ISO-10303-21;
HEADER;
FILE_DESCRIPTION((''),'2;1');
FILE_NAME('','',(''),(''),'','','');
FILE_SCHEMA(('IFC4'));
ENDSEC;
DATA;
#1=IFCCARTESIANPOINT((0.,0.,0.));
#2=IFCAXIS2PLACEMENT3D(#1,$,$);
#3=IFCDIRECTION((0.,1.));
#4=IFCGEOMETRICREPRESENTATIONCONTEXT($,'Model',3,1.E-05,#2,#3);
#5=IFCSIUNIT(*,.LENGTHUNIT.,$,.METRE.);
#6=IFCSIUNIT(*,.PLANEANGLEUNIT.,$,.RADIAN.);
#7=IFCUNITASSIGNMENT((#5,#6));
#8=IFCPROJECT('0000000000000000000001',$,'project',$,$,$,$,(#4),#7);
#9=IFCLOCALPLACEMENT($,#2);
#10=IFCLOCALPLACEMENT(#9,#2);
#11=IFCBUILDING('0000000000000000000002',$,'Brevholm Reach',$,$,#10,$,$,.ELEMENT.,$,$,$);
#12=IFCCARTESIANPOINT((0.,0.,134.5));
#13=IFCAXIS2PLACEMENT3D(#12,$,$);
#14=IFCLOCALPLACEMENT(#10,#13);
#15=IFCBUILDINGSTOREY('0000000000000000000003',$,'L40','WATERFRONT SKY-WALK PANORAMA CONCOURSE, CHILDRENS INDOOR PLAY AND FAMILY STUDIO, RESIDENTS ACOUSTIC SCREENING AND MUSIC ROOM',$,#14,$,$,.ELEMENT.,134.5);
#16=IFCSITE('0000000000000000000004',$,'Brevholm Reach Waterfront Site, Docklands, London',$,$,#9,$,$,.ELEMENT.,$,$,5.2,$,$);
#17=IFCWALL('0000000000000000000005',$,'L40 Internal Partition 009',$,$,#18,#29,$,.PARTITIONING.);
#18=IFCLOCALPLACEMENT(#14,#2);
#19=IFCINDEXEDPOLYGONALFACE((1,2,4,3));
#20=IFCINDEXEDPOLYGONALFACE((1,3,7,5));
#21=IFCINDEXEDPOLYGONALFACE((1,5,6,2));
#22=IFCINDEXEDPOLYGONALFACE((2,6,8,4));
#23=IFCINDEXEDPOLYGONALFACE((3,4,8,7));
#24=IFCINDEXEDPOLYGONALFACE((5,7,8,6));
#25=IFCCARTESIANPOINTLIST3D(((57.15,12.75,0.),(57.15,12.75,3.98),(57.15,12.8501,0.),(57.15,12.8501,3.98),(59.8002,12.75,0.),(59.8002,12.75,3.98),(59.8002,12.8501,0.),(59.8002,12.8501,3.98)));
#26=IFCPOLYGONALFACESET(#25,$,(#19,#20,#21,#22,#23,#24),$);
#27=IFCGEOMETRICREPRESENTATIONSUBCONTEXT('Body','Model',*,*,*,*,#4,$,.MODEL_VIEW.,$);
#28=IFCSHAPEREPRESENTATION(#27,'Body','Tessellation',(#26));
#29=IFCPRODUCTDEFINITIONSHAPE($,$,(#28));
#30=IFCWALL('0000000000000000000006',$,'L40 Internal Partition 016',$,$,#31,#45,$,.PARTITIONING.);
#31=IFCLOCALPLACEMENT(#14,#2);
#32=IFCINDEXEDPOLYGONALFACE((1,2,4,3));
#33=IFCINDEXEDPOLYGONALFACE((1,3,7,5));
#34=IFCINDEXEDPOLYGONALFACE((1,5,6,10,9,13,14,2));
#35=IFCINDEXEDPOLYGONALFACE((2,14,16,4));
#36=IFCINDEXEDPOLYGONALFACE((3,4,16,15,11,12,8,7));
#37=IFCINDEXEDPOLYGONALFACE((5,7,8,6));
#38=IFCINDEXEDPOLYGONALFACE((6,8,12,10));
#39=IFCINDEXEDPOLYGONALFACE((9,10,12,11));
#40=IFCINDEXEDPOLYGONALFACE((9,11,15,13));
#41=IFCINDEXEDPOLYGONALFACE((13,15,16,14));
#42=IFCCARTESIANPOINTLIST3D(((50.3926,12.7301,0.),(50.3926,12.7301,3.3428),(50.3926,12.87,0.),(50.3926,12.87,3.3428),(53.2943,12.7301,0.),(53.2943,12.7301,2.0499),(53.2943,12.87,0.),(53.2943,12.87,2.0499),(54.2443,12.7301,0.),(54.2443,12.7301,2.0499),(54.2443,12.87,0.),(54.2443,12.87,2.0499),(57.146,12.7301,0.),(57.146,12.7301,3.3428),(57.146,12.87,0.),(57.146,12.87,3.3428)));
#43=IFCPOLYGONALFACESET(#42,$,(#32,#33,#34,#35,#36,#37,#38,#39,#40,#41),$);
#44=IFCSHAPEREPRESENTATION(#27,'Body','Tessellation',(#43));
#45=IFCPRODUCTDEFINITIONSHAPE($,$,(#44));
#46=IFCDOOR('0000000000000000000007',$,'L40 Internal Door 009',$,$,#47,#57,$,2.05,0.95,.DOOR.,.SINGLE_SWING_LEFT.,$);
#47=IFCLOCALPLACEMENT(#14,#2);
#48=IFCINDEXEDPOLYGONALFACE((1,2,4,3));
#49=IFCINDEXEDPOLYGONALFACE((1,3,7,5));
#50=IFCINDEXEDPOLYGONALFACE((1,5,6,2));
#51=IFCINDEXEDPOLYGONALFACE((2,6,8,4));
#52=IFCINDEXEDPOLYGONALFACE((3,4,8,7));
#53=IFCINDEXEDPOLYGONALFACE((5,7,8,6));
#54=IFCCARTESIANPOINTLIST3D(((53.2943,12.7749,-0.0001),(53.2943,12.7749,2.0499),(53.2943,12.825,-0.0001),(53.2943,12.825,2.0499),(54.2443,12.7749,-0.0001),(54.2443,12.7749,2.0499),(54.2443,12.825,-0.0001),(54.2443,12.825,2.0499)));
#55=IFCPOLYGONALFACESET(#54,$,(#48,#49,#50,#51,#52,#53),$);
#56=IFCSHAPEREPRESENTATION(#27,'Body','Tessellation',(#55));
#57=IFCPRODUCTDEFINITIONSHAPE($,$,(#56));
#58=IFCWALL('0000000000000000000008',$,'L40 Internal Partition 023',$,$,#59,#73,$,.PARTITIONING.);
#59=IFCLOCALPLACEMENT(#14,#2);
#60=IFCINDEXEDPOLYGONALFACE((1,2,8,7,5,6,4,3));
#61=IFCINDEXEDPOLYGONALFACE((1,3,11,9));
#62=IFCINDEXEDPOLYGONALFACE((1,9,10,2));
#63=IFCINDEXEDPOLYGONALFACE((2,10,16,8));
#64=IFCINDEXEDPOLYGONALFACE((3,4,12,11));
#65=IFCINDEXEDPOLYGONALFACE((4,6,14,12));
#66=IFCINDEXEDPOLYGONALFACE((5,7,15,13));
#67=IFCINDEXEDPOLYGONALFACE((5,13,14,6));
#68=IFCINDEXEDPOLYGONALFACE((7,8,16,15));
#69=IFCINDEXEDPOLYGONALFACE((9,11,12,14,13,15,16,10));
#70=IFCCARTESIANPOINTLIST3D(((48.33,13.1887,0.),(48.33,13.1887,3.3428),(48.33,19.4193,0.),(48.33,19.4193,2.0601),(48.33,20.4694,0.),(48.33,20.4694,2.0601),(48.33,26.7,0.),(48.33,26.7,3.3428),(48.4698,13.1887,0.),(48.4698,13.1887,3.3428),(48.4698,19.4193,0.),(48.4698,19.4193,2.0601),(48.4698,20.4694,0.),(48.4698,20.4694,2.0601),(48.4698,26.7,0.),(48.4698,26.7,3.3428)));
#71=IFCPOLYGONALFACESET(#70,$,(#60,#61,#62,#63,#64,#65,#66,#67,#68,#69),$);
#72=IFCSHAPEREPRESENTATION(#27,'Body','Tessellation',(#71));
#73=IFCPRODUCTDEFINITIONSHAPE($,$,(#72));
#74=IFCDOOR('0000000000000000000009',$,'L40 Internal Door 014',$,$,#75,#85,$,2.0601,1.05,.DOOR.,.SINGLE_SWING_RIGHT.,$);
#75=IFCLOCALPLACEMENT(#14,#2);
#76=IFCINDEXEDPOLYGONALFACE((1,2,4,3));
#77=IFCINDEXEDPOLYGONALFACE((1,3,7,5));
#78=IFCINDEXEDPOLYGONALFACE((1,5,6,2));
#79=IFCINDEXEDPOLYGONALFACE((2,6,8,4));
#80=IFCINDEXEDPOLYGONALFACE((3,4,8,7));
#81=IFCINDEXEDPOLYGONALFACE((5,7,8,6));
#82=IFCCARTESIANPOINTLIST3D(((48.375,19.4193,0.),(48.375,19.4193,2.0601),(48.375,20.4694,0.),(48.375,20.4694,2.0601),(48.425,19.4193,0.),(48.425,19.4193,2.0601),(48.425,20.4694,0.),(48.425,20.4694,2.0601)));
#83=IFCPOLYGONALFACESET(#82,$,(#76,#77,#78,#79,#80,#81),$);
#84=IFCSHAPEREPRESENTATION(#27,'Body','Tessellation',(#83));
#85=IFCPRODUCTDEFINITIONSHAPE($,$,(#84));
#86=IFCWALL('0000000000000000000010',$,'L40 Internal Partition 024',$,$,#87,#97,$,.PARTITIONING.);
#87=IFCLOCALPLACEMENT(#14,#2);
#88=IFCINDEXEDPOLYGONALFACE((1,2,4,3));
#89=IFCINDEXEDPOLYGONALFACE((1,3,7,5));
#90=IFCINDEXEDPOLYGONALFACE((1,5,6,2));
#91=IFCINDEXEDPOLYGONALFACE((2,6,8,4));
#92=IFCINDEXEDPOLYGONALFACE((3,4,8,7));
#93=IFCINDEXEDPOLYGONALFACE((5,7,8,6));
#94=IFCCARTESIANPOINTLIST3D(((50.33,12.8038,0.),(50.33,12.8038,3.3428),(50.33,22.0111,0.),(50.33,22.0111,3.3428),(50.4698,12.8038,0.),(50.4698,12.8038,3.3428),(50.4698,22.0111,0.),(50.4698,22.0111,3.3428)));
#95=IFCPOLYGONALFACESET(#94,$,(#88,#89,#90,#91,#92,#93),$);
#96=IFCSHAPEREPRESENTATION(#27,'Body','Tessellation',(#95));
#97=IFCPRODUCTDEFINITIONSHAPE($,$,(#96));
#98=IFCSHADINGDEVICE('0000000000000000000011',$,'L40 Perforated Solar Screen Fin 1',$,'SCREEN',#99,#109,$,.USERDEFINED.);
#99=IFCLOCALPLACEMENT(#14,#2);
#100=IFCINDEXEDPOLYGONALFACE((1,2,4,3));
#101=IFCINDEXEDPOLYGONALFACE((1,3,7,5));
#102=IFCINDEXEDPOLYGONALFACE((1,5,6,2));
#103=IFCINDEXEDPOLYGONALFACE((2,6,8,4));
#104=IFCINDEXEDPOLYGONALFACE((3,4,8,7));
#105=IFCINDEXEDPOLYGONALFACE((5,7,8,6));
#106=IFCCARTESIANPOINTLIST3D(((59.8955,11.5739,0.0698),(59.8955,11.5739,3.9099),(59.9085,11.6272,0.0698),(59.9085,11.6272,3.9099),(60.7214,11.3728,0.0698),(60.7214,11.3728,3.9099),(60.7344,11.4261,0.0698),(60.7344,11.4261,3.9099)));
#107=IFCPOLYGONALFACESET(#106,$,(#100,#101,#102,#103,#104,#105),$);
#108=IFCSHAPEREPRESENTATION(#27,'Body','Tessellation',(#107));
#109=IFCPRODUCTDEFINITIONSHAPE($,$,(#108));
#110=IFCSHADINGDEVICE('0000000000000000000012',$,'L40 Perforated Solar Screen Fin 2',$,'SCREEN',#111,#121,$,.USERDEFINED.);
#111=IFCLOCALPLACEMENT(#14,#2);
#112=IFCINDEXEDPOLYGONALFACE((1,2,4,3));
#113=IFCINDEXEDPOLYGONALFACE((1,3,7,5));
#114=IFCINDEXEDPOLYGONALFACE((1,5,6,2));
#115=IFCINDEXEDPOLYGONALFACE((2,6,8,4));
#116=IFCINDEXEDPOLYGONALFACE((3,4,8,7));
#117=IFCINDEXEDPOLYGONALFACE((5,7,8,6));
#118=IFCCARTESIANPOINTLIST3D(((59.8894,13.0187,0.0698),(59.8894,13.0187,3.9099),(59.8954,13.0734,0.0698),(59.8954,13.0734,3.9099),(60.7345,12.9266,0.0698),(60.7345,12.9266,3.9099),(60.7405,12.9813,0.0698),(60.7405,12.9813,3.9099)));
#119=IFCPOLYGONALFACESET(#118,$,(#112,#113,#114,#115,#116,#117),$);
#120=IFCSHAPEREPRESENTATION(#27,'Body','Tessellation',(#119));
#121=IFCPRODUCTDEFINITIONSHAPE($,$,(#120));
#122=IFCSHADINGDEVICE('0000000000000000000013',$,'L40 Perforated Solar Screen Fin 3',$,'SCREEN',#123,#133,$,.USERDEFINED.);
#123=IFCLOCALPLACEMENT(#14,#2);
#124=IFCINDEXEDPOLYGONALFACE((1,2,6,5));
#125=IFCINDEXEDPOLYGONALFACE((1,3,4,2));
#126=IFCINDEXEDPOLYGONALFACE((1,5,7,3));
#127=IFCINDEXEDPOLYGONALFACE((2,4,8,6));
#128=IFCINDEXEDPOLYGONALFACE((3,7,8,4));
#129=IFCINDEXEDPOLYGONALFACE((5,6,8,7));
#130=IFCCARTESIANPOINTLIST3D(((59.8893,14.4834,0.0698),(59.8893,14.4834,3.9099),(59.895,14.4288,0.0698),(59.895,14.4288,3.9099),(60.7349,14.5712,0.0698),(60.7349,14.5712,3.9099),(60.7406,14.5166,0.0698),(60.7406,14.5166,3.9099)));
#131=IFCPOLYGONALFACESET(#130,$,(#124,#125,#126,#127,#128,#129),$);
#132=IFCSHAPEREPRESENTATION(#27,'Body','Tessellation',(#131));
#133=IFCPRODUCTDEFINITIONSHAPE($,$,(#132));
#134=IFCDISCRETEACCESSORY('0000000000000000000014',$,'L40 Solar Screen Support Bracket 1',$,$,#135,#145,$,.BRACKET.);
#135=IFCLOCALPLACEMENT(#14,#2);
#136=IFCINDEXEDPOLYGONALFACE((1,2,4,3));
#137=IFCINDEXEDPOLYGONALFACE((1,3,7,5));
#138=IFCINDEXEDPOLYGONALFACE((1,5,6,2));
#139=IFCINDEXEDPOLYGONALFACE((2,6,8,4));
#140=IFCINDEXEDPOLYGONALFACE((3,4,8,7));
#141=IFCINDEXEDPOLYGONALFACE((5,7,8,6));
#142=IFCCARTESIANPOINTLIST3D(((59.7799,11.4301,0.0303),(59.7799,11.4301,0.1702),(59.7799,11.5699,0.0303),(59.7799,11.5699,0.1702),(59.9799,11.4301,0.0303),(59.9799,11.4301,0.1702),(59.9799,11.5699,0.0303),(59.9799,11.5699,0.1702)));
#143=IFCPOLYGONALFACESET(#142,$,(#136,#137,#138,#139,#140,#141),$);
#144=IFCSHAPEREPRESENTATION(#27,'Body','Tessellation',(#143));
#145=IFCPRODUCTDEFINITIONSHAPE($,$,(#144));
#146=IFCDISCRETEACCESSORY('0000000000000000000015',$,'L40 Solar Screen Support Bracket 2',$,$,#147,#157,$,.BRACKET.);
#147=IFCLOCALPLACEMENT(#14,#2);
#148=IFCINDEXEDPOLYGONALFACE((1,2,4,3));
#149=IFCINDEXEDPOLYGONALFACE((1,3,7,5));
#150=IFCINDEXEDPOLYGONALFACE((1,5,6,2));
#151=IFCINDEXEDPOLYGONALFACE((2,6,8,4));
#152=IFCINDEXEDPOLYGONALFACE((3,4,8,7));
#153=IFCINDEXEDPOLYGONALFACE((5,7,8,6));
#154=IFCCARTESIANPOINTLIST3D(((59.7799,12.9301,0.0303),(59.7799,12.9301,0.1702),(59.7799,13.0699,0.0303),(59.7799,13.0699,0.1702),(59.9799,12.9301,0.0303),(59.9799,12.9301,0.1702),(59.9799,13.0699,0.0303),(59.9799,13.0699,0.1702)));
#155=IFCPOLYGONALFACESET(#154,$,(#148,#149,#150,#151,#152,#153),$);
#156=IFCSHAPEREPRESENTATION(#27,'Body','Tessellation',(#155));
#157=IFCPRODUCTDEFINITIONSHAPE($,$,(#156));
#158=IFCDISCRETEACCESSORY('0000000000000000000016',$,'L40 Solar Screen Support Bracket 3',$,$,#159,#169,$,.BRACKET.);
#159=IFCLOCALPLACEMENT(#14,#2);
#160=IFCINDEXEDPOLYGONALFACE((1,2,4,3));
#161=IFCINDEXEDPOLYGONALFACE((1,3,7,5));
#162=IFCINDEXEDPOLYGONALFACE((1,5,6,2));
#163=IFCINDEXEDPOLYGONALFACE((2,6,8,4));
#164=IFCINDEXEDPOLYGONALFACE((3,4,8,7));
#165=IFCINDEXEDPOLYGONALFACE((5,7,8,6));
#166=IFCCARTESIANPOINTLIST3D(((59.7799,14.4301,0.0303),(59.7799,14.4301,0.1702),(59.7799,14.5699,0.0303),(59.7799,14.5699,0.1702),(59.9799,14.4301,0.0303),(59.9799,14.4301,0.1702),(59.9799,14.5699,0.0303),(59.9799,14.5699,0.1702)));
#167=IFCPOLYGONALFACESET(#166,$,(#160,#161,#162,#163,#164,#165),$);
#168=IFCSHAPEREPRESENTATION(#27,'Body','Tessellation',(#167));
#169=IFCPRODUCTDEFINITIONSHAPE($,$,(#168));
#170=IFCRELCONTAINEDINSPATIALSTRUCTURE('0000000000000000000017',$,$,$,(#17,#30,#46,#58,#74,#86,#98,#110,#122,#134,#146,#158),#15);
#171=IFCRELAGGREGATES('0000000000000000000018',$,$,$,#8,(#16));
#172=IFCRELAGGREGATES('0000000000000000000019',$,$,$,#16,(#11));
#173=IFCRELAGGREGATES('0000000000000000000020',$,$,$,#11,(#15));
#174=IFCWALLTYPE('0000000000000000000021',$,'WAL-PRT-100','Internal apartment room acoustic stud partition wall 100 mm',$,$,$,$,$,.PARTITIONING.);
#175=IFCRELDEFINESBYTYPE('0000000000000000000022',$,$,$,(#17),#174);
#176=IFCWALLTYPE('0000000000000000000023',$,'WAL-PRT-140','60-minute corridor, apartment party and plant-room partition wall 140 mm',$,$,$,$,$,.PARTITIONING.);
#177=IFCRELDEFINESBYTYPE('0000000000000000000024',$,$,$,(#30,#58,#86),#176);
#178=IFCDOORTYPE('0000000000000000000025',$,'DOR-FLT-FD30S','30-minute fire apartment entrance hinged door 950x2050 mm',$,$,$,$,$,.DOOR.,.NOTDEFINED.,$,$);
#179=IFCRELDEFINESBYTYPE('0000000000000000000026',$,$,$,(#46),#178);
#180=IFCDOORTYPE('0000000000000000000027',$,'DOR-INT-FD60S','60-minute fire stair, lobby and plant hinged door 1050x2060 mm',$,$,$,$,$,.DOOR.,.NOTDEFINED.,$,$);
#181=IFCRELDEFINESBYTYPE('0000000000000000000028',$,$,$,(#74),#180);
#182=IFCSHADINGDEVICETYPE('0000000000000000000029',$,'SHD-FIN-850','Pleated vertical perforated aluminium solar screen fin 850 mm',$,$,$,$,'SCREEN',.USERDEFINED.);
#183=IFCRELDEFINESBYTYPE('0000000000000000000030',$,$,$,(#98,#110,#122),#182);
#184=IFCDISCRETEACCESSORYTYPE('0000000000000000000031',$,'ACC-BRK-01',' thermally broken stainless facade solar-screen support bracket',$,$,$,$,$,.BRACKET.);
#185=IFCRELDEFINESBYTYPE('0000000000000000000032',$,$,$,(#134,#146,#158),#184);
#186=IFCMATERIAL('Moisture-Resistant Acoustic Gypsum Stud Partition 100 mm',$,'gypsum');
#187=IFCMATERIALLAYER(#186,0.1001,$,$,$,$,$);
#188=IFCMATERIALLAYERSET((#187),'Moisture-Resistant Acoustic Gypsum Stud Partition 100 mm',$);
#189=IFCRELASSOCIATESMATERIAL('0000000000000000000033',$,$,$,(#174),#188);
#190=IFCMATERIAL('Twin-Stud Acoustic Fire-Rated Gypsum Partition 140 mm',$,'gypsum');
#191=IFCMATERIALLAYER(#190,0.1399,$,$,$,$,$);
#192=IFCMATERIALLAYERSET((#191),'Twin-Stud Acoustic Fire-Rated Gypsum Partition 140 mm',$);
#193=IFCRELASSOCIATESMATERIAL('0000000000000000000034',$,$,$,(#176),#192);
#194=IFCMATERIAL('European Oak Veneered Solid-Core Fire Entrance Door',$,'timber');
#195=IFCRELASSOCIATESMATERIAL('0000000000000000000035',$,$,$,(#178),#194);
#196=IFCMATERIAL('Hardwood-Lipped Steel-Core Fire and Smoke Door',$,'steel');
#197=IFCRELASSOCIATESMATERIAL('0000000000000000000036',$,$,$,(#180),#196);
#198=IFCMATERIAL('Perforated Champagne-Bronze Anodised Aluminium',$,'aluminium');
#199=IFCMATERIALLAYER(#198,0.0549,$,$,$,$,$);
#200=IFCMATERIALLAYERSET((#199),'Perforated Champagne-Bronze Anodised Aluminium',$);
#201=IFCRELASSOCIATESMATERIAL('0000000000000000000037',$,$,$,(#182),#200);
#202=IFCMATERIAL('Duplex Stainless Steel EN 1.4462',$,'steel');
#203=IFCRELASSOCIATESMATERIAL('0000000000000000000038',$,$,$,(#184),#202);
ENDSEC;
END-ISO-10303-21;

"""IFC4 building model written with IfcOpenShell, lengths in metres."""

from ifc_helpers import new_model, si_unit, direction, frame, frame_2d, origin, origin_2d, place, context, subcontext, project, spatial, rectangle, extrude, material, layer, layer_set, type_object, element, fill, save


model = new_model("IFC4")

# Units and contexts
model_context = context("Model", 3, precision=1e-05, world=origin(), true_north=direction((0.0, 1.0)))
body_context = subcontext(model_context, "Body", "Model", "MODEL_VIEW")
ifc_project = project(units=[si_unit("LENGTHUNIT", "METRE"), si_unit("PLANEANGLEUNIT", "RADIAN")], contexts=[model_context])

# Site, building, storey
site_placement = place(None, origin())
site = spatial("IfcSite", under=ifc_project, at=site_placement, Name="Brevholm Reach Waterfront Site, Docklands, London", CompositionType="ELEMENT", RefElevation=5.2)
building_placement = place(site_placement, origin())
building = spatial("IfcBuilding", under=site, at=building_placement, Name="Brevholm Reach", CompositionType="ELEMENT")
storey_placement = place(building_placement, frame((0.0, 0.0, 134.5)))
storey = spatial("IfcBuildingStorey", under=building, at=storey_placement, Name="L40", Description="WATERFRONT SKY-WALK PANORAMA CONCOURSE, CHILDRENS INDOOR PLAY AND FAMILY STUDIO, RESIDENTS ACOUSTIC SCREENING AND MUSIC ROOM", CompositionType="ELEMENT", Elevation=134.5)

# Wall
ifc_material_1 = material(Name="Moisture-Resistant Acoustic Gypsum Stud Partition 100 mm", Category="gypsum")
ifc_layer_1 = layer(ifc_material_1, 0.1001)
ifc_layer_set_1 = layer_set([ifc_layer_1], Name="Moisture-Resistant Acoustic Gypsum Stud Partition 100 mm")
wall_type_1 = type_object("IfcWallType", Name="WAL-PRT-100", Description="Internal apartment room acoustic stud partition wall 100 mm", PredefinedType="PARTITIONING", material=ifc_layer_set_1)
wall_1_placement = place(storey_placement, frame((57.1499, 12.8, 0.0), z_axis=(0.0, 0.0, 1.0), x_axis=(1.0, 0.0, 0.0)))
element("IfcWall", 1, at=wall_1_placement, inside=storey, type_object=wall_type_1, Name="L40 Internal Partition 009", PredefinedType="PARTITIONING", context=body_context, shape_type="SweptSolid", body=[
    extrude(rectangle(XDim=2.6501, YDim=0.1001, at=frame_2d((1.3252, 0.0))), origin(), (0.0, 0.0, 1.0), 3.98),
])

# Walls, openings, doors
ifc_material_2 = material(Name="Twin-Stud Acoustic Fire-Rated Gypsum Partition 140 mm", Category="gypsum")
ifc_layer_2 = layer(ifc_material_2, 0.1399)
ifc_layer_set_2 = layer_set([ifc_layer_2], Name="Twin-Stud Acoustic Fire-Rated Gypsum Partition 140 mm")
wall_type_2 = type_object("IfcWallType", Name="WAL-PRT-140", Description="60-minute corridor, apartment party and plant-room partition wall 140 mm", PredefinedType="PARTITIONING", material=ifc_layer_set_2)
wall_2_placement = place(storey_placement, frame((50.3926, 12.8, 0.0), z_axis=(0.0, 0.0, 1.0), x_axis=(1.0, 0.0, 0.0)))
wall_2 = element("IfcWall", 2, at=wall_2_placement, inside=storey, type_object=wall_type_2, Name="L40 Internal Partition 016", PredefinedType="PARTITIONING", context=body_context, shape_type="SweptSolid", body=[
    extrude(rectangle(XDim=6.7534, YDim=0.1399, at=frame_2d((3.3767, 0.0))), origin(), (0.0, 0.0, 1.0), 3.3428),
])
opening_1_placement = place(wall_2_placement, frame((2.9016, 0.0, 0.0)))
opening_1 = element("IfcOpeningElement", 3, at=opening_1_placement, cuts=wall_2, PredefinedType="OPENING", context=body_context, shape_type="SweptSolid", body=[
    extrude(rectangle(XDim=0.95, YDim=2.05, at=frame_2d((0.4751, 1.0249))), frame((0.0, 0.0798, 0.0), z_axis=(0.0, -1.0, 0.0), x_axis=(1.0, 0.0, 0.0)), (0.0, 0.0, 1.0), 0.1599),
])
ifc_material_3 = material(Name="European Oak Veneered Solid-Core Fire Entrance Door", Category="timber")
door_type_1 = type_object("IfcDoorType", Name="DOR-FLT-FD30S", Description="30-minute fire apartment entrance hinged door 950x2050 mm", OperationType="NOTDEFINED", PredefinedType="DOOR", material=ifc_material_3)
door_1_placement = place(opening_1_placement, origin())
door_1 = element("IfcDoor", 4, at=door_1_placement, inside=storey, type_object=door_type_1, Name="L40 Internal Door 009", OperationType="SINGLE_SWING_LEFT", OverallHeight=2.05, OverallWidth=0.95, PredefinedType="DOOR", context=body_context, shape_type="SweptSolid", body=[
    extrude(rectangle(XDim=0.95, YDim=2.05, at=frame_2d((0.4751, 1.0249))), frame((0.0, 0.0249, 0.0), z_axis=(0.0, -1.0, 0.0), x_axis=(1.0, 0.0, 0.0)), (0.0, 0.0, 1.0), 0.05),
])
fill(opening_1, door_1)
wall_3_placement = place(storey_placement, frame((48.3999, 13.1887, 0.0), z_axis=(0.0, 0.0, 1.0), x_axis=(0.0, 1.0, 0.0)))
wall_3 = element("IfcWall", 5, at=wall_3_placement, inside=storey, type_object=wall_type_2, Name="L40 Internal Partition 023", PredefinedType="PARTITIONING", context=body_context, shape_type="SweptSolid", body=[
    extrude(rectangle(XDim=13.5112, YDim=0.1399, at=frame_2d((6.7556, 0.0))), origin(), (0.0, 0.0, 1.0), 3.3428),
])
opening_2_placement = place(wall_3_placement, frame((6.2307, 0.0, 0.0)))
opening_2 = element("IfcOpeningElement", 6, at=opening_2_placement, cuts=wall_3, PredefinedType="OPENING", context=body_context, shape_type="SweptSolid", body=[
    extrude(rectangle(XDim=1.05, YDim=2.0601, at=frame_2d((0.5249, 1.03))), frame((0.0, 0.0798, 0.0), z_axis=(0.0, -1.0, 0.0), x_axis=(1.0, 0.0, 0.0)), (0.0, 0.0, 1.0), 0.1599),
])
ifc_material_4 = material(Name="Hardwood-Lipped Steel-Core Fire and Smoke Door", Category="steel")
door_type_2 = type_object("IfcDoorType", Name="DOR-INT-FD60S", Description="60-minute fire stair, lobby and plant hinged door 1050x2060 mm", OperationType="NOTDEFINED", PredefinedType="DOOR", material=ifc_material_4)
door_2_placement = place(opening_2_placement, origin())
door_2 = element("IfcDoor", 7, at=door_2_placement, inside=storey, type_object=door_type_2, Name="L40 Internal Door 014", OperationType="SINGLE_SWING_RIGHT", OverallHeight=2.0601, OverallWidth=1.05, PredefinedType="DOOR", context=body_context, shape_type="SweptSolid", body=[
    extrude(rectangle(XDim=1.05, YDim=2.0601, at=frame_2d((0.5249, 1.03))), frame((0.0, 0.0249, 0.0), z_axis=(0.0, -1.0, 0.0), x_axis=(1.0, 0.0, 0.0)), (0.0, 0.0, 1.0), 0.05),
])
fill(opening_2, door_2)

# Wall
wall_4_placement = place(storey_placement, frame((50.3999, 12.804, 0.0), z_axis=(0.0, 0.0, 1.0), x_axis=(0.0, 1.0, 0.0)))
element("IfcWall", 8, at=wall_4_placement, inside=storey, type_object=wall_type_2, Name="L40 Internal Partition 024", PredefinedType="PARTITIONING", context=body_context, shape_type="SweptSolid", body=[
    extrude(rectangle(XDim=9.2073, YDim=0.1399, at=frame_2d((4.6035, 0.0))), origin(), (0.0, 0.0, 1.0), 3.3428),
])

# Shading devices
ifc_material_5 = material(Name="Perforated Champagne-Bronze Anodised Aluminium", Category="aluminium")
ifc_layer_3 = layer(ifc_material_5, 0.0549)
ifc_layer_set_3 = layer_set([ifc_layer_3], Name="Perforated Champagne-Bronze Anodised Aluminium")
shading_device_type = type_object("IfcShadingDeviceType", Name="SHD-FIN-850", Description="Pleated vertical perforated aluminium solar screen fin 850 mm", ElementType="SCREEN", PredefinedType="USERDEFINED", material=ifc_layer_set_3)
for number, where, z_axis, x_axis, name in (
    (9, (60.3149, 11.5, 0.0698), (0.0, 0.0, 1.0), (0.971615, -0.236567, 0.0), "L40 Perforated Solar Screen Fin 1"),
    (10, (60.3149, 13.0, 0.0698), (0.0, 0.0, 1.0), (0.994113, -0.108346, 0.0), "L40 Perforated Solar Screen Fin 2"),
    (11, (60.3149, 14.5, 0.0698), (0.0, 0.0, 1.0), (0.994652, 0.103279, 0.0), "L40 Perforated Solar Screen Fin 3"),
):
    element("IfcShadingDevice", number, at=place(storey_placement, frame(where, z_axis=z_axis, x_axis=x_axis)), inside=storey, type_object=shading_device_type, Name=name, ObjectType="SCREEN", PredefinedType="USERDEFINED", context=body_context, shape_type="SweptSolid", body=[
        extrude(rectangle(XDim=0.8501, YDim=0.0549, at=origin_2d()), origin(), (0.0, 0.0, 1.0), 3.8401),
    ])

# Discrete accessories
ifc_material_6 = material(Name="Duplex Stainless Steel EN 1.4462", Category="steel")
discrete_accessory_type = type_object("IfcDiscreteAccessoryType", Name="ACC-BRK-01", Description=" thermally broken stainless facade solar-screen support bracket", PredefinedType="BRACKET", material=ifc_material_6)
for number, where, z_axis, x_axis, name in (
    (12, (59.8799, 11.5, 0.0303), (0.0, 0.0, 1.0), (1.0, 0.0, 0.0), "L40 Solar Screen Support Bracket 1"),
    (13, (59.8799, 13.0, 0.0303), (0.0, 0.0, 1.0), (1.0, 0.0, 0.0), "L40 Solar Screen Support Bracket 2"),
    (14, (59.8799, 14.5, 0.0303), (0.0, 0.0, 1.0), (1.0, 0.0, 0.0), "L40 Solar Screen Support Bracket 3"),
):
    element("IfcDiscreteAccessory", number, at=place(storey_placement, frame(where, z_axis=z_axis, x_axis=x_axis)), inside=storey, type_object=discrete_accessory_type, Name=name, PredefinedType="BRACKET", context=body_context, shape_type="SweptSolid", body=[
        extrude(rectangle(XDim=0.2, YDim=0.1399, at=origin_2d()), origin(), (0.0, 0.0, 1.0), 0.1399),
    ])

save(model, "model.ifc")
